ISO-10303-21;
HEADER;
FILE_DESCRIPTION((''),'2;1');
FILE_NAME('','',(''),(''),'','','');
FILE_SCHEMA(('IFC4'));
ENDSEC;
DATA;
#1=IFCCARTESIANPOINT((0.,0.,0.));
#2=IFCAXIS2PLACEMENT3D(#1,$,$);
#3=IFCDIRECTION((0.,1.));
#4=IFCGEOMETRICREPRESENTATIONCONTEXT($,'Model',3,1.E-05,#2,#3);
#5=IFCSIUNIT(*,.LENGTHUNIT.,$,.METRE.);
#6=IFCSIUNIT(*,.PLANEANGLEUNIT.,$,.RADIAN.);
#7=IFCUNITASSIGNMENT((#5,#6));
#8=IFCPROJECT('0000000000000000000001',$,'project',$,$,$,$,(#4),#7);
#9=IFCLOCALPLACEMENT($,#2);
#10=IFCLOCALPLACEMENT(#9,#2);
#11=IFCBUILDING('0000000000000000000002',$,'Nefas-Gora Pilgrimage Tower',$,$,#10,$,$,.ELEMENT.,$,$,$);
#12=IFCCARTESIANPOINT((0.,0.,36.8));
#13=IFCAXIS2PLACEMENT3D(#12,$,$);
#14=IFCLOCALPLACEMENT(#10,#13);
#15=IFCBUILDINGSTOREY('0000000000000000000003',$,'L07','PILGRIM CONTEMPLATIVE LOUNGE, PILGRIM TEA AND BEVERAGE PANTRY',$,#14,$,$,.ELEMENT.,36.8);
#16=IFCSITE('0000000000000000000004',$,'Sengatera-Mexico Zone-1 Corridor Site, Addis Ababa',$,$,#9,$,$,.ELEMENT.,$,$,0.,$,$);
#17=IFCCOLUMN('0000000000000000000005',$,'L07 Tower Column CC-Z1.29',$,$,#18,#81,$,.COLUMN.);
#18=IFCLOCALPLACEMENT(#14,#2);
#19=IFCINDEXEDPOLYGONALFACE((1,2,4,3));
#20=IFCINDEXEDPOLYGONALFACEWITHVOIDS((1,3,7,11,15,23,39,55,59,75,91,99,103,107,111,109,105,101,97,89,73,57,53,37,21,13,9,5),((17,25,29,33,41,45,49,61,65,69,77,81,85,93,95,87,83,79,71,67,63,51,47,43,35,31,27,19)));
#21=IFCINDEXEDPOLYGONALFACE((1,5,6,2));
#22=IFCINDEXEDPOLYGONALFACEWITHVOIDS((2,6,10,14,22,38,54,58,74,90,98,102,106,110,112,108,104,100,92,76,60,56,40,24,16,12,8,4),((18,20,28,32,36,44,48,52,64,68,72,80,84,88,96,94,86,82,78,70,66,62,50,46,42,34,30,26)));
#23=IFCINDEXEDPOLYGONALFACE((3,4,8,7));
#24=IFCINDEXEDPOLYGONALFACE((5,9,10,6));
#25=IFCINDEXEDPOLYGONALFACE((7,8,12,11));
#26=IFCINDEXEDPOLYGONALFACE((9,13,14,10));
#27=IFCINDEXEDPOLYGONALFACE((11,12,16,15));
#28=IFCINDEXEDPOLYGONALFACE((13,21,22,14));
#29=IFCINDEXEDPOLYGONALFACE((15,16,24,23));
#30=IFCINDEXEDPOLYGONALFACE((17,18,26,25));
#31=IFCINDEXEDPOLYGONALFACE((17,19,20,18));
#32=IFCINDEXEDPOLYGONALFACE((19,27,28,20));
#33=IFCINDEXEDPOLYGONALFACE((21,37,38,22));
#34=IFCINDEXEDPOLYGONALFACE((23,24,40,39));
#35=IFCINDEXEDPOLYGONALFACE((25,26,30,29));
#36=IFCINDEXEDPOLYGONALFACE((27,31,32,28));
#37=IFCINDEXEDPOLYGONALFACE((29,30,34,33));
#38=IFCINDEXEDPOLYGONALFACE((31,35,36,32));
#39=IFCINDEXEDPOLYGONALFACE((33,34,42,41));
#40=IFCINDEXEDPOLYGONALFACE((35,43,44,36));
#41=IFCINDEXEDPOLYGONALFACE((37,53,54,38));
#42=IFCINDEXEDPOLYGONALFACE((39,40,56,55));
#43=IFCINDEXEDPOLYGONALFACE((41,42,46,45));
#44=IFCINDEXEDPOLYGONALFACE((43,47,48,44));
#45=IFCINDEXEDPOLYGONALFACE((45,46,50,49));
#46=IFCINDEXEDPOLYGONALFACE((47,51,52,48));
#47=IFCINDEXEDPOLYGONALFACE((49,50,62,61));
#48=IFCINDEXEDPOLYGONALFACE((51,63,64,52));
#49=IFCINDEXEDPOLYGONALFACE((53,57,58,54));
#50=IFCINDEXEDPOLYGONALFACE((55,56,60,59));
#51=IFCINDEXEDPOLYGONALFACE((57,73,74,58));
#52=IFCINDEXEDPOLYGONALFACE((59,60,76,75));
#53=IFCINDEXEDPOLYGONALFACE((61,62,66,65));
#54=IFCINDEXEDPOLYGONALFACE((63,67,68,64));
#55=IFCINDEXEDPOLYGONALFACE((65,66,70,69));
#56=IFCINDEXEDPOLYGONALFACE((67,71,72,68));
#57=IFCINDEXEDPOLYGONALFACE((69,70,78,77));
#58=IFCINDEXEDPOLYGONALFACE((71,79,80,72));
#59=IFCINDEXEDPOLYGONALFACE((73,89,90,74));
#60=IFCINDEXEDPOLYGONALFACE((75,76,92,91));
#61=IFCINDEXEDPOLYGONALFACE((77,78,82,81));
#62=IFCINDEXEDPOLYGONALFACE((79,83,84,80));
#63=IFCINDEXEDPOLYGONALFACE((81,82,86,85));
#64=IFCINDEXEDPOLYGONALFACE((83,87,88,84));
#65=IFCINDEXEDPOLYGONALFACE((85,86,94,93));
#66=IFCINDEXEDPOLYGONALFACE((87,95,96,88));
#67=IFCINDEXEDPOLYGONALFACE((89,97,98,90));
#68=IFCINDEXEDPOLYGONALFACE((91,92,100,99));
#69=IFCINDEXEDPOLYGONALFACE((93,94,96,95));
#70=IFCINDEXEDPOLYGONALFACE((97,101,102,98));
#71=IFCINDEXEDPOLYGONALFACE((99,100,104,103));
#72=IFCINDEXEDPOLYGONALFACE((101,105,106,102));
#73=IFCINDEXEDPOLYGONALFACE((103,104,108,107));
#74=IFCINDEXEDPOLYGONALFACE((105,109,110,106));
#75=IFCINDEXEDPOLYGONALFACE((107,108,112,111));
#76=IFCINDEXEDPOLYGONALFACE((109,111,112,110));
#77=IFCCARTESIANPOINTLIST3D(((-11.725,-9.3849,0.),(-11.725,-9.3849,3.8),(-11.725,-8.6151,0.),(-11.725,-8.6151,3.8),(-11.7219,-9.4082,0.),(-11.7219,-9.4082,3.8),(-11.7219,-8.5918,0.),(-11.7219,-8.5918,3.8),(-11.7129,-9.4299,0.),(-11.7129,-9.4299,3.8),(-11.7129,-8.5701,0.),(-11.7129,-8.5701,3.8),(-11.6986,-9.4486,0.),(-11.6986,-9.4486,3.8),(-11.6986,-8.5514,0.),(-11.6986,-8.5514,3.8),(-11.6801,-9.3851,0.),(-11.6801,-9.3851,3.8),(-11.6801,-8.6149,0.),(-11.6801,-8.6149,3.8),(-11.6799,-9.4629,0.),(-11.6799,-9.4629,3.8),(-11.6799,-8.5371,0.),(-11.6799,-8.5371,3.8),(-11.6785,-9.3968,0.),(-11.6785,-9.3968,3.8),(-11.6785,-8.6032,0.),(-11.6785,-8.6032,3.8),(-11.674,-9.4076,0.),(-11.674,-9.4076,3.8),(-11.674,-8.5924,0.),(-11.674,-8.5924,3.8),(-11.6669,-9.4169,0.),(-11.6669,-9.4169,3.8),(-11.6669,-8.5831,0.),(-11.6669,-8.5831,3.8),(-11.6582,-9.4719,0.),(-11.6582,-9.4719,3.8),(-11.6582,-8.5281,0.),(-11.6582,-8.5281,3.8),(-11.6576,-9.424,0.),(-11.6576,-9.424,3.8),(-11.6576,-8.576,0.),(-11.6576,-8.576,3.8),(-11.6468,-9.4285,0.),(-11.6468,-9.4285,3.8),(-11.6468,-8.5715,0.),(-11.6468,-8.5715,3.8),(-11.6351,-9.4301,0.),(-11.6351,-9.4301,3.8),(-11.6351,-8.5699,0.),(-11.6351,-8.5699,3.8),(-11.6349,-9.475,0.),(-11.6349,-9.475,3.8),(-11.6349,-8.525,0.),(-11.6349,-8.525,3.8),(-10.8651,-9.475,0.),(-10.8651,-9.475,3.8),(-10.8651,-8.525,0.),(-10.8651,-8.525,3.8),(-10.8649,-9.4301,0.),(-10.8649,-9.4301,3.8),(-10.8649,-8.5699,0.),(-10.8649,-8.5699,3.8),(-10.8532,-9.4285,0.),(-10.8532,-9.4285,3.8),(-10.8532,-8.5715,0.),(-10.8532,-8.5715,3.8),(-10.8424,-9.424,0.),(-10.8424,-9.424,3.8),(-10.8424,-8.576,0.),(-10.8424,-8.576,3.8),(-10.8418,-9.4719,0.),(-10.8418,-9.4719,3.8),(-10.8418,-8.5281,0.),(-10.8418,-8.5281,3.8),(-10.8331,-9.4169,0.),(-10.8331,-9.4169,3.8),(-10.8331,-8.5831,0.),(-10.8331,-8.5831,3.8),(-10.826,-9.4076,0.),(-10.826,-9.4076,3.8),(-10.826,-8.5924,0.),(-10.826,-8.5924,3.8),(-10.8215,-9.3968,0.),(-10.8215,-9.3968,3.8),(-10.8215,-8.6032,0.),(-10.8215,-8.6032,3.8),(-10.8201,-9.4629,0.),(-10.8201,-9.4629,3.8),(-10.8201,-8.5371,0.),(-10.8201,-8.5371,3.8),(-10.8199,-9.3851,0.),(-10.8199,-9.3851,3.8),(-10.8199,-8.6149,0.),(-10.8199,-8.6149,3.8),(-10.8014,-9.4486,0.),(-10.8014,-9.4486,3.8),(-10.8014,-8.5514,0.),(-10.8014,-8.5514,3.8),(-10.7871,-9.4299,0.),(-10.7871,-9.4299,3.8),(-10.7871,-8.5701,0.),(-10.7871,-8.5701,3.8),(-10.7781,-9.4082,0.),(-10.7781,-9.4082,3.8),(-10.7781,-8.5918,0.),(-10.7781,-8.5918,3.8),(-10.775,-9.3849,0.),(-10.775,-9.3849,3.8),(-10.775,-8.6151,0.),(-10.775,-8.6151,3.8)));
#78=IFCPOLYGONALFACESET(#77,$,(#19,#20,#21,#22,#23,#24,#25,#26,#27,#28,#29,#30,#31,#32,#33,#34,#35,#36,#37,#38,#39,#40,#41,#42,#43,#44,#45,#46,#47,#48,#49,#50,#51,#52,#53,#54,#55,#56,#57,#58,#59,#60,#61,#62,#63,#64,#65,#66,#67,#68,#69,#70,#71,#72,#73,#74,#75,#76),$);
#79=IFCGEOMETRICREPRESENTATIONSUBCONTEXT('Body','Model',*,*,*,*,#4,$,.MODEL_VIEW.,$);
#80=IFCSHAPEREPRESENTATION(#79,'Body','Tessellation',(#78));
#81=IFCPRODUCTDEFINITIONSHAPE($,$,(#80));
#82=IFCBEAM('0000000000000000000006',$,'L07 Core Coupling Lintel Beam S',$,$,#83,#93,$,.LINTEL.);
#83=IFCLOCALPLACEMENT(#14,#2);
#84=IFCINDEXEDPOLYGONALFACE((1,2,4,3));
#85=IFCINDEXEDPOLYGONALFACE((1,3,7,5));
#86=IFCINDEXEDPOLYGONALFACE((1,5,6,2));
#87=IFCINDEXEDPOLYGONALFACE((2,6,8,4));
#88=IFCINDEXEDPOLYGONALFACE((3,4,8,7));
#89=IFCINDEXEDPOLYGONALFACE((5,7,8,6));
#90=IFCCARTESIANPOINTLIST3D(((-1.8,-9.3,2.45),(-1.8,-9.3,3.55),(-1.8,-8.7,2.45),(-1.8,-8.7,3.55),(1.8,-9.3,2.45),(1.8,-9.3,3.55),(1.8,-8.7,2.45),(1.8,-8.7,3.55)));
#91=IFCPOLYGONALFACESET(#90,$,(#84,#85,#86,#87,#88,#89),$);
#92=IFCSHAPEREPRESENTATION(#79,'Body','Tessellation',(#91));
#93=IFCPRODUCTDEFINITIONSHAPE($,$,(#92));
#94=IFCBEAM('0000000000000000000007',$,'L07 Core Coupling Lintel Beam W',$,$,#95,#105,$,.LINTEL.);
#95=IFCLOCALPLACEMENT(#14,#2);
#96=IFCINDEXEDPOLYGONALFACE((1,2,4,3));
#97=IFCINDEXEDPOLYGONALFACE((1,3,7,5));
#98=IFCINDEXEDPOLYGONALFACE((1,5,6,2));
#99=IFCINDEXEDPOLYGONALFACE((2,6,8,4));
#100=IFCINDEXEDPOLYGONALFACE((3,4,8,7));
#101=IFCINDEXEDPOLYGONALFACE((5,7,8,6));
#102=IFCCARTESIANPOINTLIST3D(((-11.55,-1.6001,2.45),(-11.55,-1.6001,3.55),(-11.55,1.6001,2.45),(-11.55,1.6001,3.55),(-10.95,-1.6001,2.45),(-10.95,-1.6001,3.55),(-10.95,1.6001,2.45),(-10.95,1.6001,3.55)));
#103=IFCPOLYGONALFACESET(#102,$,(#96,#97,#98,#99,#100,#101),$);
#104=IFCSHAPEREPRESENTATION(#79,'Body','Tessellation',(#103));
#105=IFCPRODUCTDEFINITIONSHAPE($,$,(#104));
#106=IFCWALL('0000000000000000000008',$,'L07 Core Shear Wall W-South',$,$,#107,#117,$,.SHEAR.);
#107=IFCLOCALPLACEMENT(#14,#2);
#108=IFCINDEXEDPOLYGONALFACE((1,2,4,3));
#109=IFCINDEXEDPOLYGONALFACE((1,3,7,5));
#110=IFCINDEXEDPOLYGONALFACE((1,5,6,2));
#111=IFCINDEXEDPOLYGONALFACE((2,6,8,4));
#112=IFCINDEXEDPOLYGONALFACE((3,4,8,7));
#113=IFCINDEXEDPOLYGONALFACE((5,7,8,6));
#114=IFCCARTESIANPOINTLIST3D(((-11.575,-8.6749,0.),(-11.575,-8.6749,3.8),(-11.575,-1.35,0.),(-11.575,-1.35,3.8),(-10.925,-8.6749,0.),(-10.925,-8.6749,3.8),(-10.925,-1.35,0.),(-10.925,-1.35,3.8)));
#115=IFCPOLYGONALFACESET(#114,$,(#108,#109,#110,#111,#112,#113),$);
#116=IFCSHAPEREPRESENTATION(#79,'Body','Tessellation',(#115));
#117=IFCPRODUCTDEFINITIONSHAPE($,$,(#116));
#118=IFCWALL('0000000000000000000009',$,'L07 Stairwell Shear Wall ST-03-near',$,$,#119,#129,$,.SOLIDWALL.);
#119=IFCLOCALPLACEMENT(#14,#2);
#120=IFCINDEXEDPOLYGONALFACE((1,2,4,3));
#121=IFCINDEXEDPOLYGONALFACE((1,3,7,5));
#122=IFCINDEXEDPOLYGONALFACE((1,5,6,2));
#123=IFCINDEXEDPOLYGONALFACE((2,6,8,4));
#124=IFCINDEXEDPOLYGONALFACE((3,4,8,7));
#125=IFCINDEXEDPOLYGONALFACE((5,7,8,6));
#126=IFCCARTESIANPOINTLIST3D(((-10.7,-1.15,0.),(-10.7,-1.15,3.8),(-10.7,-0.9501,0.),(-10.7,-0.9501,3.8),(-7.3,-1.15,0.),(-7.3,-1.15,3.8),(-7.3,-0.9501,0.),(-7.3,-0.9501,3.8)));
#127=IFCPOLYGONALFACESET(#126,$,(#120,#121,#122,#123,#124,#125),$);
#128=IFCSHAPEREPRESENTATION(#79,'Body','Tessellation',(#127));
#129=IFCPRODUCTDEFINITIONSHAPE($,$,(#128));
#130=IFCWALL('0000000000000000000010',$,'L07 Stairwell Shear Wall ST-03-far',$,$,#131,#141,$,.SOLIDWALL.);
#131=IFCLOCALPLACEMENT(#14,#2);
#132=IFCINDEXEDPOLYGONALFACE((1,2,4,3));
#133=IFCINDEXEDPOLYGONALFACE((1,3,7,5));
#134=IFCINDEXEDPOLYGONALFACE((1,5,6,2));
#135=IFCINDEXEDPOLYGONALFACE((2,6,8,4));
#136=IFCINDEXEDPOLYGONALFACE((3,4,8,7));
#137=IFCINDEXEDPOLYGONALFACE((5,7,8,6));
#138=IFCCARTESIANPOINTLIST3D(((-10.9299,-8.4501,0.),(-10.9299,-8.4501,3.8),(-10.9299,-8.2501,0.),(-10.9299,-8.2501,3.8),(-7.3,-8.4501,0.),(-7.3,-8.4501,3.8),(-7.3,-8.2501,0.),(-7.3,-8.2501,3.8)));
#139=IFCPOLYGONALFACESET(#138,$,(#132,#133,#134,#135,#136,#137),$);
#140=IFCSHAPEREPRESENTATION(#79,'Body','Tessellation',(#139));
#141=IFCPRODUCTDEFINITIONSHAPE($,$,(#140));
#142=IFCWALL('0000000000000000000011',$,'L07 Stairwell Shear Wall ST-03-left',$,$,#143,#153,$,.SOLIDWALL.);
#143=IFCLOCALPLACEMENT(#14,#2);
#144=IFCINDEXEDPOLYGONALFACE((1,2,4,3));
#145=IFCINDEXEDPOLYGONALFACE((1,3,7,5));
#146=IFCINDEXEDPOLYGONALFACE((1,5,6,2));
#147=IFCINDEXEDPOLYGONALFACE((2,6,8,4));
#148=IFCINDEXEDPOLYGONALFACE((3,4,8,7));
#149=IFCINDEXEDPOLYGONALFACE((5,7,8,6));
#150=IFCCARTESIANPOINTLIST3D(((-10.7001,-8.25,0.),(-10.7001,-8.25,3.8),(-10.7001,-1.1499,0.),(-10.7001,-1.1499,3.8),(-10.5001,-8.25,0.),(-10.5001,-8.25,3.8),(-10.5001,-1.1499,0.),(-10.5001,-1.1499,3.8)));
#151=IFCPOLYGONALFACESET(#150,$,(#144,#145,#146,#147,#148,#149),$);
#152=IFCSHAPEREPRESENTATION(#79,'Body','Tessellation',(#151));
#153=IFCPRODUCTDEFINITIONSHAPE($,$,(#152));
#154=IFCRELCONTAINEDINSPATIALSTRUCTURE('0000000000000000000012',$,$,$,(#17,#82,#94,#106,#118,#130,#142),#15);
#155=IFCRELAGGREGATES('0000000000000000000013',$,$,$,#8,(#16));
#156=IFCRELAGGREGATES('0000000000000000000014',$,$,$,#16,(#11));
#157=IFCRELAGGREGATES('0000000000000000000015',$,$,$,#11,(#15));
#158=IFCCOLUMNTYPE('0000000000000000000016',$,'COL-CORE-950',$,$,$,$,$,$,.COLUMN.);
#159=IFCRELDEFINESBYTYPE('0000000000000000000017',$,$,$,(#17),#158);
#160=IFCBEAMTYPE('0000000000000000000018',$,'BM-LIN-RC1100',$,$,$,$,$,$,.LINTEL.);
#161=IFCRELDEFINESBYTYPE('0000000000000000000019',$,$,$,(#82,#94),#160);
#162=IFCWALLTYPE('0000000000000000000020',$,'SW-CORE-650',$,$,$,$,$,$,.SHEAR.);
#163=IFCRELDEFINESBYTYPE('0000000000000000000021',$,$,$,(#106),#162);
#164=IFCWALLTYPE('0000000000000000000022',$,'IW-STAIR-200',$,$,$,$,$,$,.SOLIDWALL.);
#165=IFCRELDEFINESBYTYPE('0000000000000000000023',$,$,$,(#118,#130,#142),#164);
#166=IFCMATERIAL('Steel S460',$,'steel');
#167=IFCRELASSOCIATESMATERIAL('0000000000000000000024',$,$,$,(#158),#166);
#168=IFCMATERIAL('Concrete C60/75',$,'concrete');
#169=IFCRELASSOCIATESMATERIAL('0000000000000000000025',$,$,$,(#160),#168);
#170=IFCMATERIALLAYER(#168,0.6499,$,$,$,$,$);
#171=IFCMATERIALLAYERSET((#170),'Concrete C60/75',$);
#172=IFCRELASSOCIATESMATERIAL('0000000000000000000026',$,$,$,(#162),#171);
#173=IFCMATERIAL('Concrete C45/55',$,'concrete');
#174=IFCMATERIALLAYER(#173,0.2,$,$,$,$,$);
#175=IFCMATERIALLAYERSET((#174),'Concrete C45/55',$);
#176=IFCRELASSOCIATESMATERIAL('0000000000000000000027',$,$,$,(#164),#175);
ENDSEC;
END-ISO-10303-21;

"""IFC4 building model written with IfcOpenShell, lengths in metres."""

from ifc_helpers import new_model, si_unit, direction, frame, frame_2d, origin, origin_2d, place, context, subcontext, project, spatial, rectangle, hollow_rectangle, extrude, source, transform, mapped, material, layer, layer_set, material_profile, profile_set, type_object, element, save


model = new_model("IFC4")

# Units and contexts
model_context = context("Model", 3, precision=1e-05, world=origin(), true_north=direction((0.0, 1.0)))
body_context = subcontext(model_context, "Body", "Model", "MODEL_VIEW")
ifc_project = project(units=[si_unit("LENGTHUNIT", "METRE"), si_unit("PLANEANGLEUNIT", "RADIAN")], contexts=[model_context])

# Site, building, storey
site_placement = place(None, origin())
site = spatial("IfcSite", under=ifc_project, at=site_placement, Name="Sengatera-Mexico Zone-1 Corridor Site, Addis Ababa", CompositionType="ELEMENT", RefElevation=0.0)
building_placement = place(site_placement, origin())
building = spatial("IfcBuilding", under=site, at=building_placement, Name="Nefas-Gora Pilgrimage Tower", CompositionType="ELEMENT")
storey_placement = place(building_placement, frame((0.0, 0.0, 36.8)))
storey = spatial("IfcBuildingStorey", under=building, at=storey_placement, Name="L07", Description="PILGRIM CONTEMPLATIVE LOUNGE, PILGRIM TEA AND BEVERAGE PANTRY", CompositionType="ELEMENT", Elevation=36.8)

# Column
ifc_material_1 = material(Name="Steel S460", Category="steel")
ifc_material_profile_1 = material_profile(ifc_material_1, hollow_rectangle(XDim=0.95, YDim=0.95, WallThickness=0.0449, InnerFilletRadius=0.0449, OuterFilletRadius=0.0901, at=origin_2d()), Name="BOX 950x950x45")
ifc_profile_set_1 = profile_set([ifc_material_profile_1], Name="Steel S460")
column_type = type_object("IfcColumnType", Name="COL-CORE-950", PredefinedType="COLUMN", material=ifc_profile_set_1)
shared_shape_1 = source(origin(), body_context, "Body", "SweptSolid", [
    extrude(hollow_rectangle(XDim=0.95, YDim=0.95, WallThickness=0.0449, InnerFilletRadius=0.0449, OuterFilletRadius=0.0901, at=origin_2d()), origin(), (0.0, 0.0, 1.0), 3.8),
])
column_placement = place(storey_placement, frame((-11.25, -9.0, 0.0), z_axis=(0.0, 0.0, 1.0), x_axis=(1.0, 0.0, 0.0)))
element("IfcColumn", 1, at=column_placement, inside=storey, type_object=column_type, Name="L07 Tower Column CC-Z1.29", PredefinedType="COLUMN", context=body_context, shape_type="MappedRepresentation", body=[
    mapped(shared_shape_1, transform((0.0, 0.0, 0.0), x_axis=(1.0, 0.0, 0.0), y_axis=(0.0, 1.0, 0.0), z_axis=(0.0, 0.0, 1.0), scale=1.0)),
])

# Beams
ifc_material_2 = material(Name="Concrete C60/75", Category="concrete")
ifc_material_profile_2 = material_profile(ifc_material_2, rectangle(XDim=0.6001, YDim=1.1001, at=origin_2d()), Name="RC 600x1100")
ifc_profile_set_2 = profile_set([ifc_material_profile_2], Name="Concrete C60/75")
beam_type = type_object("IfcBeamType", Name="BM-LIN-RC1100", PredefinedType="LINTEL", material=ifc_profile_set_2)
shared_shape_2 = source(origin(), body_context, "Body", "SweptSolid", [
    extrude(rectangle(XDim=0.6001, YDim=1.1001, at=origin_2d()), origin(), (0.0, 0.0, 1.0), 3.6001),
])
beam_1_placement = place(storey_placement, frame((-1.8, -9.0, 3.0), z_axis=(1.0, 0.0, 0.0), x_axis=(0.0, 1.0, 0.0)))
element("IfcBeam", 2, at=beam_1_placement, inside=storey, type_object=beam_type, Name="L07 Core Coupling Lintel Beam S", PredefinedType="LINTEL", context=body_context, shape_type="MappedRepresentation", body=[
    mapped(shared_shape_2, transform((0.0, 0.0, 0.0), x_axis=(1.0, 0.0, 0.0), y_axis=(0.0, 1.0, 0.0), z_axis=(0.0, 0.0, 1.0), scale=1.0)),
])
shared_shape_3 = source(origin(), body_context, "Body", "SweptSolid", [
    extrude(rectangle(XDim=0.6001, YDim=1.1001, at=origin_2d()), origin(), (0.0, 0.0, 1.0), 3.2002),
])
beam_2_placement = place(storey_placement, frame((-11.25, -1.6001, 3.0), z_axis=(0.0, 1.0, 0.0), x_axis=(-1.0, 0.0, 0.0)))
element("IfcBeam", 3, at=beam_2_placement, inside=storey, type_object=beam_type, Name="L07 Core Coupling Lintel Beam W", PredefinedType="LINTEL", context=body_context, shape_type="MappedRepresentation", body=[
    mapped(shared_shape_3, transform((0.0, 0.0, 0.0), x_axis=(1.0, 0.0, 0.0), y_axis=(0.0, 1.0, 0.0), z_axis=(0.0, 0.0, 1.0), scale=1.0)),
])

# Walls
ifc_layer_1 = layer(ifc_material_2, 0.6499)
ifc_layer_set_1 = layer_set([ifc_layer_1], Name="Concrete C60/75")
wall_type_1 = type_object("IfcWallType", Name="SW-CORE-650", PredefinedType="SHEAR", material=ifc_layer_set_1)
shared_shape_4 = source(origin(), body_context, "Body", "SweptSolid", [
    extrude(rectangle(XDim=7.325, YDim=0.6499, at=frame_2d((3.6626, 0.0))), origin(), (0.0, 0.0, 1.0), 3.8),
])
wall_1_placement = place(storey_placement, frame((-11.25, -8.675, 0.0), z_axis=(0.0, 0.0, 1.0), x_axis=(0.0, 1.0, 0.0)))
element("IfcWall", 4, at=wall_1_placement, inside=storey, type_object=wall_type_1, Name="L07 Core Shear Wall W-South", PredefinedType="SHEAR", context=body_context, shape_type="MappedRepresentation", body=[
    mapped(shared_shape_4, transform((0.0, 0.0, 0.0), x_axis=(1.0, 0.0, 0.0), y_axis=(0.0, 1.0, 0.0), z_axis=(0.0, 0.0, 1.0), scale=1.0)),
])
ifc_material_3 = material(Name="Concrete C45/55", Category="concrete")
ifc_layer_2 = layer(ifc_material_3, 0.2)
ifc_layer_set_2 = layer_set([ifc_layer_2], Name="Concrete C45/55")
wall_type_2 = type_object("IfcWallType", Name="IW-STAIR-200", PredefinedType="SOLIDWALL", material=ifc_layer_set_2)
shared_shape_5 = source(origin(), body_context, "Body", "SweptSolid", [
    extrude(rectangle(XDim=3.3999, YDim=0.2, at=frame_2d((1.7, 0.0))), origin(), (0.0, 0.0, 1.0), 3.8),
])
wall_2_placement = place(storey_placement, frame((-10.7, -1.05, 0.0), z_axis=(0.0, 0.0, 1.0), x_axis=(1.0, 0.0, 0.0)))
element("IfcWall", 5, at=wall_2_placement, inside=storey, type_object=wall_type_2, Name="L07 Stairwell Shear Wall ST-03-near", PredefinedType="SOLIDWALL", context=body_context, shape_type="MappedRepresentation", body=[
    mapped(shared_shape_5, transform((0.0, 0.0, 0.0), x_axis=(1.0, 0.0, 0.0), y_axis=(0.0, 1.0, 0.0), z_axis=(0.0, 0.0, 1.0), scale=1.0)),
])
shared_shape_6 = source(origin(), body_context, "Body", "SweptSolid", [
    extrude(rectangle(XDim=3.6299, YDim=0.2, at=frame_2d((1.8149, 0.0))), origin(), (0.0, 0.0, 1.0), 3.8),
])
wall_3_placement = place(storey_placement, frame((-10.9299, -8.3501, 0.0), z_axis=(0.0, 0.0, 1.0), x_axis=(1.0, 0.0, 0.0)))
element("IfcWall", 6, at=wall_3_placement, inside=storey, type_object=wall_type_2, Name="L07 Stairwell Shear Wall ST-03-far", PredefinedType="SOLIDWALL", context=body_context, shape_type="MappedRepresentation", body=[
    mapped(shared_shape_6, transform((0.0, 0.0, 0.0), x_axis=(1.0, 0.0, 0.0), y_axis=(0.0, 1.0, 0.0), z_axis=(0.0, 0.0, 1.0), scale=1.0)),
])
shared_shape_7 = source(origin(), body_context, "Body", "SweptSolid", [
    extrude(rectangle(XDim=7.1001, YDim=0.2, at=frame_2d((3.55, 0.0))), origin(), (0.0, 0.0, 1.0), 3.8),
])
wall_4_placement = place(storey_placement, frame((-10.6001, -1.1499, 0.0), z_axis=(0.0, 0.0, 1.0), x_axis=(0.0, -1.0, 0.0)))
element("IfcWall", 7, at=wall_4_placement, inside=storey, type_object=wall_type_2, Name="L07 Stairwell Shear Wall ST-03-left", PredefinedType="SOLIDWALL", context=body_context, shape_type="MappedRepresentation", body=[
    mapped(shared_shape_7, transform((0.0, 0.0, 0.0), x_axis=(1.0, 0.0, 0.0), y_axis=(0.0, 1.0, 0.0), z_axis=(0.0, 0.0, 1.0), scale=1.0)),
])

save(model, "model.ifc")
